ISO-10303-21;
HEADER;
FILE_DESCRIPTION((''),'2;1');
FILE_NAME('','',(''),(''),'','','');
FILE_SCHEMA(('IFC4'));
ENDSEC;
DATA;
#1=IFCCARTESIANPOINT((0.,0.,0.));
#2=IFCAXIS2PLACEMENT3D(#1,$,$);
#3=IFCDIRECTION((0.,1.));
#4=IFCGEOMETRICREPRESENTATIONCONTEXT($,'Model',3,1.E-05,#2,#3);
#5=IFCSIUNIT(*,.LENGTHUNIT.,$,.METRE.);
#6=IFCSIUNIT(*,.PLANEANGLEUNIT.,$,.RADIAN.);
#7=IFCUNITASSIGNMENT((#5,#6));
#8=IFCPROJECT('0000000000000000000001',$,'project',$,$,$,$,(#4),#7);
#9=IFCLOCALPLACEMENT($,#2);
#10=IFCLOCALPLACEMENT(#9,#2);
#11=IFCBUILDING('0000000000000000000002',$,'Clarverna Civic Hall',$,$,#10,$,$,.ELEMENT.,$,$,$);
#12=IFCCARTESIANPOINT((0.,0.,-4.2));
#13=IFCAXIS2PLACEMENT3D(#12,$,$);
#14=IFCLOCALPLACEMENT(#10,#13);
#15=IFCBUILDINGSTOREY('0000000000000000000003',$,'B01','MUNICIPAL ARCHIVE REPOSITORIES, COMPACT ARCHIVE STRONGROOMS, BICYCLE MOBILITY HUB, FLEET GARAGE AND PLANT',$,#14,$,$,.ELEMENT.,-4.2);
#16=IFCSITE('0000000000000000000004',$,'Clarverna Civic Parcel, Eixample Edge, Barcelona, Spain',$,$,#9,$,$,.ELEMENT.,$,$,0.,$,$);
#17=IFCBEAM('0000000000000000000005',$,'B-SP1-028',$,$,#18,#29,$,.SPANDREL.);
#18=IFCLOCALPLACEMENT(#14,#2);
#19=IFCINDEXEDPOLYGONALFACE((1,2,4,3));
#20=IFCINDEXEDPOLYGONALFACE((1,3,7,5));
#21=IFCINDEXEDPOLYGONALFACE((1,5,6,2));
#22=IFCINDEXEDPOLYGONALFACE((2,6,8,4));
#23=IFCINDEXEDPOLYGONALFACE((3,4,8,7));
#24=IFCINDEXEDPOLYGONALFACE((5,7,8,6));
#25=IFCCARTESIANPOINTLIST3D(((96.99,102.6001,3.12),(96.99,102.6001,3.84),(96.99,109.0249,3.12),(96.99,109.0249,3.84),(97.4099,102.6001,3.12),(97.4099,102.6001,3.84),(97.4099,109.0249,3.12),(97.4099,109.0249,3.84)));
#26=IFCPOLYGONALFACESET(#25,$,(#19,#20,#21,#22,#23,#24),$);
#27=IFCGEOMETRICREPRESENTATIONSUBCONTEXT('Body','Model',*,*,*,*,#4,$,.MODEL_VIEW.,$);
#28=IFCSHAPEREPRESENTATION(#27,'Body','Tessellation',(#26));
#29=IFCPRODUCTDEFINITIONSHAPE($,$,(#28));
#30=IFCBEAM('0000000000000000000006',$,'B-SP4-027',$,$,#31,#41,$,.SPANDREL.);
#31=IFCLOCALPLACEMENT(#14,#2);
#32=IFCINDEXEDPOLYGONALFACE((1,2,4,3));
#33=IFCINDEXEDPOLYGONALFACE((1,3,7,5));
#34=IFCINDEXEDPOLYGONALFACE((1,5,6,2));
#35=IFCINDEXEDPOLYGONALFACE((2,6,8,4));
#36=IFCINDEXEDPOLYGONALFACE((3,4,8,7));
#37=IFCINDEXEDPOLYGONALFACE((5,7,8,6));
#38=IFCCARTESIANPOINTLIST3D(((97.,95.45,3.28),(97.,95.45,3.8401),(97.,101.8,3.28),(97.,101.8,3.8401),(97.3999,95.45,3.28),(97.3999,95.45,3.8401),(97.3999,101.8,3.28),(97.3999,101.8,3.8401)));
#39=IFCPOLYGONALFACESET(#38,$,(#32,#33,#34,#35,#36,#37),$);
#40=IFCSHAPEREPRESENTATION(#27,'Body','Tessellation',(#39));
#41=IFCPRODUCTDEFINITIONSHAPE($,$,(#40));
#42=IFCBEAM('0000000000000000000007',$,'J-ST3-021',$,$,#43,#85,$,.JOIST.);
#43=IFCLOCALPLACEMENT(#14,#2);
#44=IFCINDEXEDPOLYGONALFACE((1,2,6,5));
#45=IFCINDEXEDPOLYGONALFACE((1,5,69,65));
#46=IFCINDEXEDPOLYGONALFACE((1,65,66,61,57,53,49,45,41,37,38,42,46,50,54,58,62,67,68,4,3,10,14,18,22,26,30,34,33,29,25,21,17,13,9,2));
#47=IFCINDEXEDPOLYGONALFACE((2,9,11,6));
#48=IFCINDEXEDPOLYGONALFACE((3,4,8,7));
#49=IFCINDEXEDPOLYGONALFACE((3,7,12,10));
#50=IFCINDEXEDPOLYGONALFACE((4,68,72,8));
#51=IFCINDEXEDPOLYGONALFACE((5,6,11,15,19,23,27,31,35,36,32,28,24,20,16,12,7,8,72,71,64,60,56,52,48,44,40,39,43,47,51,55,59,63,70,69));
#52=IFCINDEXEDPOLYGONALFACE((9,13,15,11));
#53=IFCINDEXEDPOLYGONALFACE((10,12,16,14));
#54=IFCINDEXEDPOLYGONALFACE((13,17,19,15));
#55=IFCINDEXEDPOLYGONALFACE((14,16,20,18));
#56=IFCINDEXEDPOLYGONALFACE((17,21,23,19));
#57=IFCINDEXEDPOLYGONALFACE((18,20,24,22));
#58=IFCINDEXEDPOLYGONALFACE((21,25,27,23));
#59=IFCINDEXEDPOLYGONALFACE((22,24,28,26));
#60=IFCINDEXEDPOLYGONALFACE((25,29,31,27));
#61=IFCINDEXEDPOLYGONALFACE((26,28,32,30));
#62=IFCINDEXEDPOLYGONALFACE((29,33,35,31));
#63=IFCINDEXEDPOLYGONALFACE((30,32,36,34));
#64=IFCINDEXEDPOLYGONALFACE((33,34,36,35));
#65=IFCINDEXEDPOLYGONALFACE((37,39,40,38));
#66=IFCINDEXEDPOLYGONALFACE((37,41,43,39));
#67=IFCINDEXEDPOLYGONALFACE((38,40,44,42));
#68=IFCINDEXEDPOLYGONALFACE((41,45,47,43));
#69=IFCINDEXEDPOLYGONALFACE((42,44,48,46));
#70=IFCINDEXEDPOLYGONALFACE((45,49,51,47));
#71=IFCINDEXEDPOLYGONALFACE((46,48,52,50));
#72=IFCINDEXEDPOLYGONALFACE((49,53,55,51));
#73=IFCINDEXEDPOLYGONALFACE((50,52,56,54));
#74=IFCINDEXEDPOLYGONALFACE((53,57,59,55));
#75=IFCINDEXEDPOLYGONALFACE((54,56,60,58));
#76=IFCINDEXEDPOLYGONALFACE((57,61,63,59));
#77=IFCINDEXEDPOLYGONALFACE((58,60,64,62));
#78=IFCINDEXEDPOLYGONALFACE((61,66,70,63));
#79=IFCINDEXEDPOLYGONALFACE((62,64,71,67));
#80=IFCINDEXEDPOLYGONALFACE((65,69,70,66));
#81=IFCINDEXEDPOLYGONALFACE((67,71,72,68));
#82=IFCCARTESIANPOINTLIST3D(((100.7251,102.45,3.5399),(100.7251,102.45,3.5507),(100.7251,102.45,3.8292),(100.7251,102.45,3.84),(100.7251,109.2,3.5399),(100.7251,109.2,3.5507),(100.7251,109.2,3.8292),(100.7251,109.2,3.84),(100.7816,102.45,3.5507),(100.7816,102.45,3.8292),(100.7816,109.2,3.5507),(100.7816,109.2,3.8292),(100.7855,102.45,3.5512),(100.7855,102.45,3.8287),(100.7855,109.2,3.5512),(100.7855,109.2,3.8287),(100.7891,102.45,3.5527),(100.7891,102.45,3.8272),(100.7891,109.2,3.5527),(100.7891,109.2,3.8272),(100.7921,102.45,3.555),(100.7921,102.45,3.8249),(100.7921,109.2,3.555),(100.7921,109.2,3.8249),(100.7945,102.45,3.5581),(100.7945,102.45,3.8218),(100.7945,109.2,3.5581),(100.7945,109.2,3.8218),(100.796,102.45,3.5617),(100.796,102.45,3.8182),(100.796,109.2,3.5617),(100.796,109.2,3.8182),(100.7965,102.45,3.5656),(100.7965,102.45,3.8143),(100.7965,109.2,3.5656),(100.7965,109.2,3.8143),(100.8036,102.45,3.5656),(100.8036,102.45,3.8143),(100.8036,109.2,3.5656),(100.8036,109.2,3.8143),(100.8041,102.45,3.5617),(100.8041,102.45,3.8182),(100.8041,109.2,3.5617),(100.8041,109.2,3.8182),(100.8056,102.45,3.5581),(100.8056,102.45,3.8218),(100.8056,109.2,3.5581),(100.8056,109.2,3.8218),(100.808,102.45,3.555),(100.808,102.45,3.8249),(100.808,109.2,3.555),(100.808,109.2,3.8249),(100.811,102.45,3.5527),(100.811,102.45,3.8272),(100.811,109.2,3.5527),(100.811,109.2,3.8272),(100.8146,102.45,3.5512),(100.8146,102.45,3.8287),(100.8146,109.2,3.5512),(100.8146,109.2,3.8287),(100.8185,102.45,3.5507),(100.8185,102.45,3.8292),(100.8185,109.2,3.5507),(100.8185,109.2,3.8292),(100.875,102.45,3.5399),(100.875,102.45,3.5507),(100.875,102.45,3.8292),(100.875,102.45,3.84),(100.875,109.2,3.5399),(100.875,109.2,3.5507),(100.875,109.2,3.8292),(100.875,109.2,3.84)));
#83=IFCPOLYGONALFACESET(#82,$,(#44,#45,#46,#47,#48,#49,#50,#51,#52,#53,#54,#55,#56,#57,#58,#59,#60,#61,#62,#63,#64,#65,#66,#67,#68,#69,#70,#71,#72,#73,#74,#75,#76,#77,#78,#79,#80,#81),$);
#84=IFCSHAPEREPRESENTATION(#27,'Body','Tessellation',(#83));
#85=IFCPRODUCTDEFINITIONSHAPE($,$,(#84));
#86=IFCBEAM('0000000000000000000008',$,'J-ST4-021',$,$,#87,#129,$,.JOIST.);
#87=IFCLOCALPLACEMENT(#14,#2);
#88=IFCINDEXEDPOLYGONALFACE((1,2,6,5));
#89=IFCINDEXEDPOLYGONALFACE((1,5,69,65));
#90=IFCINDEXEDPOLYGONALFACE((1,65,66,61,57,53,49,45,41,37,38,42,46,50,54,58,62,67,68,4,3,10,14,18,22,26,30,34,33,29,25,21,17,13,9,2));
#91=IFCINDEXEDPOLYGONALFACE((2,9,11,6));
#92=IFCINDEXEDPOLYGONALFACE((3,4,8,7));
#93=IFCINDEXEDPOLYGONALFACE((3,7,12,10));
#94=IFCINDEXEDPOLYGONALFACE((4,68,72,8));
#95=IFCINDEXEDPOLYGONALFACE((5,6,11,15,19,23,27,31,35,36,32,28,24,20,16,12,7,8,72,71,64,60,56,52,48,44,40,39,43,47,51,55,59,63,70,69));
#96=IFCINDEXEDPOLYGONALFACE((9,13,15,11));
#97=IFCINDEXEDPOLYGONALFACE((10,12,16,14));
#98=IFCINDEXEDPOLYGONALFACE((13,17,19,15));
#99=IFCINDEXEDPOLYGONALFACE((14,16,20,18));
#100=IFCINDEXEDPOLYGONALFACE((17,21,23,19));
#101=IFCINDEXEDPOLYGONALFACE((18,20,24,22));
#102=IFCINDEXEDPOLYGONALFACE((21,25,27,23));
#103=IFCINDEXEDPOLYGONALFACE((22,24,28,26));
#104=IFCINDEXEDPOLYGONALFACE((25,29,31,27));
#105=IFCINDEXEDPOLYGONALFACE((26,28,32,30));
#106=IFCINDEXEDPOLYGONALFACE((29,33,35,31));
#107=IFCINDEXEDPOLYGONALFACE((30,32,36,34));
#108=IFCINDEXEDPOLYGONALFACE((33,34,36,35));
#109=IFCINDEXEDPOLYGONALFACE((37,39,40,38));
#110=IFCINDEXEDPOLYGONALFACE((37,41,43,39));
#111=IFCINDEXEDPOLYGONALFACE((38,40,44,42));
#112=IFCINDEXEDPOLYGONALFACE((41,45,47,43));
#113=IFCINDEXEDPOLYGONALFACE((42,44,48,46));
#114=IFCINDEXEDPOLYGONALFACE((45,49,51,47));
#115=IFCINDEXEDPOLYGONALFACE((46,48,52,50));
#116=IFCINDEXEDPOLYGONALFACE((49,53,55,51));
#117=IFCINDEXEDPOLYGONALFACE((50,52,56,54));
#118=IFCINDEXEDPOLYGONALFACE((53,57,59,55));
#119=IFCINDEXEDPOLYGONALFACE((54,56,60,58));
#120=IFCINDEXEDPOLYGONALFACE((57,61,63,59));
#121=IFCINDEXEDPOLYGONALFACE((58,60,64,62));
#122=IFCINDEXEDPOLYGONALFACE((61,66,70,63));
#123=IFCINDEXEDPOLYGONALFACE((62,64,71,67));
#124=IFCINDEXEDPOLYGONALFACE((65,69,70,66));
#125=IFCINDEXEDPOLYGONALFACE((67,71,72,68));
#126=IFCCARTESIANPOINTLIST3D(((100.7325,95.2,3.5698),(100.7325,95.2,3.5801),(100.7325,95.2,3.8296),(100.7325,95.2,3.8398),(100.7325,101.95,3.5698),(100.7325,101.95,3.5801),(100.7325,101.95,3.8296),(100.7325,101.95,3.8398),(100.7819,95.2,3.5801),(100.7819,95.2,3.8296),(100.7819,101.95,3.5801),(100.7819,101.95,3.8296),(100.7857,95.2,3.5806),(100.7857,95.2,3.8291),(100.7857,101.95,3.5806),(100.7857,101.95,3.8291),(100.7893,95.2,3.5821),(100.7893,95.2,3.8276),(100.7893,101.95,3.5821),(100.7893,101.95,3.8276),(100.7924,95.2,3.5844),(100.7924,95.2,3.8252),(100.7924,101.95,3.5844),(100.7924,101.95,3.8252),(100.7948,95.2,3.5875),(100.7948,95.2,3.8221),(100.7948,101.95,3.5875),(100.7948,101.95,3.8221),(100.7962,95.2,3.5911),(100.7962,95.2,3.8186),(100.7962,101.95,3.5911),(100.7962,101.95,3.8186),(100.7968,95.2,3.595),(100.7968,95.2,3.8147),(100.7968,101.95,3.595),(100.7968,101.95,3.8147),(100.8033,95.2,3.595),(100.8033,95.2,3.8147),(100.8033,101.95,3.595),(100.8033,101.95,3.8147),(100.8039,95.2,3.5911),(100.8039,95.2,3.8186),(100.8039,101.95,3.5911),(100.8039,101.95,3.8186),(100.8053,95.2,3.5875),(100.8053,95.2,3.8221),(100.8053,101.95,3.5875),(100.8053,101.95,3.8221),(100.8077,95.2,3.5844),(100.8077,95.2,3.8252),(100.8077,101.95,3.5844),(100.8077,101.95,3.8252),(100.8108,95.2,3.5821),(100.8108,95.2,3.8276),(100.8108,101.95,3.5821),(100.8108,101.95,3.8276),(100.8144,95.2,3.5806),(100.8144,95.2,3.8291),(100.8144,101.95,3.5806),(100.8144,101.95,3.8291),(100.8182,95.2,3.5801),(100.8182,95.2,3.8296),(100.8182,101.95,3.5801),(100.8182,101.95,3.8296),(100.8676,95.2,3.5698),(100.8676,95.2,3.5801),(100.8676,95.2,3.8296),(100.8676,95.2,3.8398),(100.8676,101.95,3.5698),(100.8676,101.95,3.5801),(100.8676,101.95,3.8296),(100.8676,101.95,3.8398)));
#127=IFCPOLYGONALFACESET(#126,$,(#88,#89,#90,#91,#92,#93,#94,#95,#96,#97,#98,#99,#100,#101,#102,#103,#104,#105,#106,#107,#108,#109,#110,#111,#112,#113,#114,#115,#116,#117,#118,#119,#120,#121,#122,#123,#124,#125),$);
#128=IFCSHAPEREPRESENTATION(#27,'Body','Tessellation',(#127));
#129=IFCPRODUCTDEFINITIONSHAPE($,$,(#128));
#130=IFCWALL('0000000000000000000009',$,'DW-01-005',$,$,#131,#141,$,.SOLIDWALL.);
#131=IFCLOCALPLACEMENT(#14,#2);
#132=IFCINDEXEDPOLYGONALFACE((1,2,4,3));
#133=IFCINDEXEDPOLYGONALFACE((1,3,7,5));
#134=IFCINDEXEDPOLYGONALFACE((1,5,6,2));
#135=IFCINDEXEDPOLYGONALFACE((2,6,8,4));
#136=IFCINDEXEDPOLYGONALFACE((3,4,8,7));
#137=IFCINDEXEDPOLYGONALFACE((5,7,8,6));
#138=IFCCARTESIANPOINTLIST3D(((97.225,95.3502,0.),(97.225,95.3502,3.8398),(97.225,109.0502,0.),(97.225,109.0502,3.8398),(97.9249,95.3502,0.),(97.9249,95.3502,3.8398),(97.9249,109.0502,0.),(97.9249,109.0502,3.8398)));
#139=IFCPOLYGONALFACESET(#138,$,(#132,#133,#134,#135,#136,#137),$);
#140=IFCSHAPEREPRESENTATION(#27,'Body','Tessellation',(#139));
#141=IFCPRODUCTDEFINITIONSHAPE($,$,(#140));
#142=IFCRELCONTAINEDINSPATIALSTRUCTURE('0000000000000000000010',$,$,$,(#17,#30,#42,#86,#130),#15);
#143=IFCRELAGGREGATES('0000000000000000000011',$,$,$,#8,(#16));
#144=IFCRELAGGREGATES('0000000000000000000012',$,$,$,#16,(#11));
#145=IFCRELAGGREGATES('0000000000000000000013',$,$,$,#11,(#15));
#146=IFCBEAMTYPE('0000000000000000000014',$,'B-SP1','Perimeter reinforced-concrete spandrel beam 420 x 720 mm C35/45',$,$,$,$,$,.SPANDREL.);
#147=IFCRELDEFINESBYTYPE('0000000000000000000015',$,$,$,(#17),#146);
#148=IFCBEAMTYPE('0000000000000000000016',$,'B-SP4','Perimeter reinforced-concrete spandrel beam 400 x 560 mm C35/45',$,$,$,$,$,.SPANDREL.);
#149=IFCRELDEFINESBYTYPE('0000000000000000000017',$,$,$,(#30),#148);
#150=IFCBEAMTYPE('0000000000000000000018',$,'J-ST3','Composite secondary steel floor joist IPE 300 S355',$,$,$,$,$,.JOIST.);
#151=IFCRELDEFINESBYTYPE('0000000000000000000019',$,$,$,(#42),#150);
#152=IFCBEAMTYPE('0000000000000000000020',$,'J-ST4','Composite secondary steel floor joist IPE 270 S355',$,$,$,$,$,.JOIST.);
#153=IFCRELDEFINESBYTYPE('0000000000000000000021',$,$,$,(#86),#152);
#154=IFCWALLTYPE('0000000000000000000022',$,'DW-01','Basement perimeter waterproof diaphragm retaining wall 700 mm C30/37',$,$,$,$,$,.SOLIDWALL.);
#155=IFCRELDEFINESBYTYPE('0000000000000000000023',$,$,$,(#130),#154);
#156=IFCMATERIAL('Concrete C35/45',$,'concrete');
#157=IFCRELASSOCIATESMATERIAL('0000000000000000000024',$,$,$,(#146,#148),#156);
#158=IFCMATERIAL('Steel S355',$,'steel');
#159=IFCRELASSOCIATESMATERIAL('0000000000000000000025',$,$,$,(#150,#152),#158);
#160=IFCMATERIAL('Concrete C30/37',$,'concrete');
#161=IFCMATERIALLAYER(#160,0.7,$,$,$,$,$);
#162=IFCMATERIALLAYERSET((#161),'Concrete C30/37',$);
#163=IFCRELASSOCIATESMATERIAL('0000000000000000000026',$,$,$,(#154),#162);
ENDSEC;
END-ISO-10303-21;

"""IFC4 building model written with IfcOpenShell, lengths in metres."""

from ifc_helpers import new_model, si_unit, direction, frame, frame_2d, origin, origin_2d, place, context, subcontext, project, spatial, rectangle, i_section, extrude, material, layer, layer_set, material_profile, profile_set, type_object, element, save


model = new_model("IFC4")

# Units and contexts
model_context = context("Model", 3, precision=1e-05, world=origin(), true_north=direction((0.0, 1.0)))
body_context = subcontext(model_context, "Body", "Model", "MODEL_VIEW")
ifc_project = project(units=[si_unit("LENGTHUNIT", "METRE"), si_unit("PLANEANGLEUNIT", "RADIAN")], contexts=[model_context])

# Site, building, storey
site_placement = place(None, origin())
site = spatial("IfcSite", under=ifc_project, at=site_placement, Name="Clarverna Civic Parcel, Eixample Edge, Barcelona, Spain", CompositionType="ELEMENT", RefElevation=0.0)
building_placement = place(site_placement, origin())
building = spatial("IfcBuilding", under=site, at=building_placement, Name="Clarverna Civic Hall", CompositionType="ELEMENT")
storey_placement = place(building_placement, frame((0.0, 0.0, -4.2)))
storey = spatial("IfcBuildingStorey", under=building, at=storey_placement, Name="B01", Description="MUNICIPAL ARCHIVE REPOSITORIES, COMPACT ARCHIVE STRONGROOMS, BICYCLE MOBILITY HUB, FLEET GARAGE AND PLANT", CompositionType="ELEMENT", Elevation=-4.2)

# Shared definitions
ifc_material_1 = material(Name="Concrete C30/37", Category="concrete")

# Beams
ifc_material_2 = material(Name="Concrete C35/45", Category="concrete")
ifc_material_profile_1 = material_profile(ifc_material_2, rectangle(XDim=0.4199, YDim=0.72, at=origin_2d()), Name="RC 420x720")
ifc_profile_set_1 = profile_set([ifc_material_profile_1], Name="Concrete C35/45")
beam_type_1 = type_object("IfcBeamType", Name="B-SP1", Description="Perimeter reinforced-concrete spandrel beam 420 x 720 mm C35/45", PredefinedType="SPANDREL", material=ifc_profile_set_1)
beam_1_placement = place(storey_placement, frame((97.2, 102.6001, 3.48), z_axis=(0.0, 1.0, 0.0), x_axis=(-1.0, 0.0, 0.0)))
element("IfcBeam", 1, at=beam_1_placement, inside=storey, type_object=beam_type_1, Name="B-SP1-028", PredefinedType="SPANDREL", context=body_context, shape_type="SweptSolid", body=[
    extrude(rectangle(XDim=0.4199, YDim=0.72, at=origin_2d()), origin(), (0.0, 0.0, 1.0), 6.4248),
])
ifc_material_profile_2 = material_profile(ifc_material_2, rectangle(XDim=0.3999, YDim=0.5601, at=origin_2d()), Name="RC 400x560")
ifc_profile_set_2 = profile_set([ifc_material_profile_2], Name="Concrete C35/45")
beam_type_2 = type_object("IfcBeamType", Name="B-SP4", Description="Perimeter reinforced-concrete spandrel beam 400 x 560 mm C35/45", PredefinedType="SPANDREL", material=ifc_profile_set_2)
beam_2_placement = place(storey_placement, frame((97.2, 95.45, 3.5601), z_axis=(0.0, 1.0, 0.0), x_axis=(-1.0, 0.0, 0.0)))
element("IfcBeam", 2, at=beam_2_placement, inside=storey, type_object=beam_type_2, Name="B-SP4-027", PredefinedType="SPANDREL", context=body_context, shape_type="SweptSolid", body=[
    extrude(rectangle(XDim=0.3999, YDim=0.5601, at=origin_2d()), origin(), (0.0, 0.0, 1.0), 6.3501),
])
ifc_material_3 = material(Name="Steel S355", Category="steel")
ifc_material_profile_3 = material_profile(ifc_material_3, i_section(OverallWidth=0.1499, OverallDepth=0.3, WebThickness=0.0071, FlangeThickness=0.0107, FilletRadius=0.0149, at=origin_2d()), Name="IPE 300")
ifc_profile_set_3 = profile_set([ifc_material_profile_3], Name="Steel S355")
beam_type_3 = type_object("IfcBeamType", Name="J-ST3", Description="Composite secondary steel floor joist IPE 300 S355", PredefinedType="JOIST", material=ifc_profile_set_3)
beam_3_placement = place(storey_placement, frame((100.8, 102.45, 3.6899), z_axis=(0.0, 1.0, 0.0), x_axis=(-1.0, 0.0, 0.0)))
element("IfcBeam", 3, at=beam_3_placement, inside=storey, type_object=beam_type_3, Name="J-ST3-021", PredefinedType="JOIST", context=body_context, shape_type="SweptSolid", body=[
    extrude(i_section(OverallWidth=0.1499, OverallDepth=0.3, WebThickness=0.0071, FlangeThickness=0.0107, FilletRadius=0.0149, at=origin_2d()), origin(), (0.0, 0.0, 1.0), 6.75),
])
ifc_material_profile_4 = material_profile(ifc_material_3, i_section(OverallWidth=0.135, OverallDepth=0.27, WebThickness=0.0066, FlangeThickness=0.0103, FilletRadius=0.0149, at=origin_2d()), Name="IPE 270")
ifc_profile_set_4 = profile_set([ifc_material_profile_4], Name="Steel S355")
beam_type_4 = type_object("IfcBeamType", Name="J-ST4", Description="Composite secondary steel floor joist IPE 270 S355", PredefinedType="JOIST", material=ifc_profile_set_4)
beam_4_placement = place(storey_placement, frame((100.8, 95.2, 3.7048), z_axis=(0.0, 1.0, 0.0), x_axis=(-1.0, 0.0, 0.0)))
element("IfcBeam", 4, at=beam_4_placement, inside=storey, type_object=beam_type_4, Name="J-ST4-021", PredefinedType="JOIST", context=body_context, shape_type="SweptSolid", body=[
    extrude(i_section(OverallWidth=0.135, OverallDepth=0.27, WebThickness=0.0066, FlangeThickness=0.0103, FilletRadius=0.0149, at=origin_2d()), origin(), (0.0, 0.0, 1.0), 6.75),
])

# Wall
ifc_layer = layer(ifc_material_1, 0.7)
ifc_layer_set = layer_set([ifc_layer], Name="Concrete C30/37")
wall_type = type_object("IfcWallType", Name="DW-01", Description="Basement perimeter waterproof diaphragm retaining wall 700 mm C30/37", PredefinedType="SOLIDWALL", material=ifc_layer_set)
wall_placement = place(storey_placement, frame((97.575, 95.3501, 0.0), z_axis=(0.0, 0.0, 1.0), x_axis=(0.0, 1.0, 0.0)))
element("IfcWall", 5, at=wall_placement, inside=storey, type_object=wall_type, Name="DW-01-005", PredefinedType="SOLIDWALL", context=body_context, shape_type="SweptSolid", body=[
    extrude(rectangle(XDim=13.7, YDim=0.7, at=frame_2d((6.8501, 0.0))), origin(), (0.0, 0.0, 1.0), 3.8398),
])

save(model, "model.ifc")
